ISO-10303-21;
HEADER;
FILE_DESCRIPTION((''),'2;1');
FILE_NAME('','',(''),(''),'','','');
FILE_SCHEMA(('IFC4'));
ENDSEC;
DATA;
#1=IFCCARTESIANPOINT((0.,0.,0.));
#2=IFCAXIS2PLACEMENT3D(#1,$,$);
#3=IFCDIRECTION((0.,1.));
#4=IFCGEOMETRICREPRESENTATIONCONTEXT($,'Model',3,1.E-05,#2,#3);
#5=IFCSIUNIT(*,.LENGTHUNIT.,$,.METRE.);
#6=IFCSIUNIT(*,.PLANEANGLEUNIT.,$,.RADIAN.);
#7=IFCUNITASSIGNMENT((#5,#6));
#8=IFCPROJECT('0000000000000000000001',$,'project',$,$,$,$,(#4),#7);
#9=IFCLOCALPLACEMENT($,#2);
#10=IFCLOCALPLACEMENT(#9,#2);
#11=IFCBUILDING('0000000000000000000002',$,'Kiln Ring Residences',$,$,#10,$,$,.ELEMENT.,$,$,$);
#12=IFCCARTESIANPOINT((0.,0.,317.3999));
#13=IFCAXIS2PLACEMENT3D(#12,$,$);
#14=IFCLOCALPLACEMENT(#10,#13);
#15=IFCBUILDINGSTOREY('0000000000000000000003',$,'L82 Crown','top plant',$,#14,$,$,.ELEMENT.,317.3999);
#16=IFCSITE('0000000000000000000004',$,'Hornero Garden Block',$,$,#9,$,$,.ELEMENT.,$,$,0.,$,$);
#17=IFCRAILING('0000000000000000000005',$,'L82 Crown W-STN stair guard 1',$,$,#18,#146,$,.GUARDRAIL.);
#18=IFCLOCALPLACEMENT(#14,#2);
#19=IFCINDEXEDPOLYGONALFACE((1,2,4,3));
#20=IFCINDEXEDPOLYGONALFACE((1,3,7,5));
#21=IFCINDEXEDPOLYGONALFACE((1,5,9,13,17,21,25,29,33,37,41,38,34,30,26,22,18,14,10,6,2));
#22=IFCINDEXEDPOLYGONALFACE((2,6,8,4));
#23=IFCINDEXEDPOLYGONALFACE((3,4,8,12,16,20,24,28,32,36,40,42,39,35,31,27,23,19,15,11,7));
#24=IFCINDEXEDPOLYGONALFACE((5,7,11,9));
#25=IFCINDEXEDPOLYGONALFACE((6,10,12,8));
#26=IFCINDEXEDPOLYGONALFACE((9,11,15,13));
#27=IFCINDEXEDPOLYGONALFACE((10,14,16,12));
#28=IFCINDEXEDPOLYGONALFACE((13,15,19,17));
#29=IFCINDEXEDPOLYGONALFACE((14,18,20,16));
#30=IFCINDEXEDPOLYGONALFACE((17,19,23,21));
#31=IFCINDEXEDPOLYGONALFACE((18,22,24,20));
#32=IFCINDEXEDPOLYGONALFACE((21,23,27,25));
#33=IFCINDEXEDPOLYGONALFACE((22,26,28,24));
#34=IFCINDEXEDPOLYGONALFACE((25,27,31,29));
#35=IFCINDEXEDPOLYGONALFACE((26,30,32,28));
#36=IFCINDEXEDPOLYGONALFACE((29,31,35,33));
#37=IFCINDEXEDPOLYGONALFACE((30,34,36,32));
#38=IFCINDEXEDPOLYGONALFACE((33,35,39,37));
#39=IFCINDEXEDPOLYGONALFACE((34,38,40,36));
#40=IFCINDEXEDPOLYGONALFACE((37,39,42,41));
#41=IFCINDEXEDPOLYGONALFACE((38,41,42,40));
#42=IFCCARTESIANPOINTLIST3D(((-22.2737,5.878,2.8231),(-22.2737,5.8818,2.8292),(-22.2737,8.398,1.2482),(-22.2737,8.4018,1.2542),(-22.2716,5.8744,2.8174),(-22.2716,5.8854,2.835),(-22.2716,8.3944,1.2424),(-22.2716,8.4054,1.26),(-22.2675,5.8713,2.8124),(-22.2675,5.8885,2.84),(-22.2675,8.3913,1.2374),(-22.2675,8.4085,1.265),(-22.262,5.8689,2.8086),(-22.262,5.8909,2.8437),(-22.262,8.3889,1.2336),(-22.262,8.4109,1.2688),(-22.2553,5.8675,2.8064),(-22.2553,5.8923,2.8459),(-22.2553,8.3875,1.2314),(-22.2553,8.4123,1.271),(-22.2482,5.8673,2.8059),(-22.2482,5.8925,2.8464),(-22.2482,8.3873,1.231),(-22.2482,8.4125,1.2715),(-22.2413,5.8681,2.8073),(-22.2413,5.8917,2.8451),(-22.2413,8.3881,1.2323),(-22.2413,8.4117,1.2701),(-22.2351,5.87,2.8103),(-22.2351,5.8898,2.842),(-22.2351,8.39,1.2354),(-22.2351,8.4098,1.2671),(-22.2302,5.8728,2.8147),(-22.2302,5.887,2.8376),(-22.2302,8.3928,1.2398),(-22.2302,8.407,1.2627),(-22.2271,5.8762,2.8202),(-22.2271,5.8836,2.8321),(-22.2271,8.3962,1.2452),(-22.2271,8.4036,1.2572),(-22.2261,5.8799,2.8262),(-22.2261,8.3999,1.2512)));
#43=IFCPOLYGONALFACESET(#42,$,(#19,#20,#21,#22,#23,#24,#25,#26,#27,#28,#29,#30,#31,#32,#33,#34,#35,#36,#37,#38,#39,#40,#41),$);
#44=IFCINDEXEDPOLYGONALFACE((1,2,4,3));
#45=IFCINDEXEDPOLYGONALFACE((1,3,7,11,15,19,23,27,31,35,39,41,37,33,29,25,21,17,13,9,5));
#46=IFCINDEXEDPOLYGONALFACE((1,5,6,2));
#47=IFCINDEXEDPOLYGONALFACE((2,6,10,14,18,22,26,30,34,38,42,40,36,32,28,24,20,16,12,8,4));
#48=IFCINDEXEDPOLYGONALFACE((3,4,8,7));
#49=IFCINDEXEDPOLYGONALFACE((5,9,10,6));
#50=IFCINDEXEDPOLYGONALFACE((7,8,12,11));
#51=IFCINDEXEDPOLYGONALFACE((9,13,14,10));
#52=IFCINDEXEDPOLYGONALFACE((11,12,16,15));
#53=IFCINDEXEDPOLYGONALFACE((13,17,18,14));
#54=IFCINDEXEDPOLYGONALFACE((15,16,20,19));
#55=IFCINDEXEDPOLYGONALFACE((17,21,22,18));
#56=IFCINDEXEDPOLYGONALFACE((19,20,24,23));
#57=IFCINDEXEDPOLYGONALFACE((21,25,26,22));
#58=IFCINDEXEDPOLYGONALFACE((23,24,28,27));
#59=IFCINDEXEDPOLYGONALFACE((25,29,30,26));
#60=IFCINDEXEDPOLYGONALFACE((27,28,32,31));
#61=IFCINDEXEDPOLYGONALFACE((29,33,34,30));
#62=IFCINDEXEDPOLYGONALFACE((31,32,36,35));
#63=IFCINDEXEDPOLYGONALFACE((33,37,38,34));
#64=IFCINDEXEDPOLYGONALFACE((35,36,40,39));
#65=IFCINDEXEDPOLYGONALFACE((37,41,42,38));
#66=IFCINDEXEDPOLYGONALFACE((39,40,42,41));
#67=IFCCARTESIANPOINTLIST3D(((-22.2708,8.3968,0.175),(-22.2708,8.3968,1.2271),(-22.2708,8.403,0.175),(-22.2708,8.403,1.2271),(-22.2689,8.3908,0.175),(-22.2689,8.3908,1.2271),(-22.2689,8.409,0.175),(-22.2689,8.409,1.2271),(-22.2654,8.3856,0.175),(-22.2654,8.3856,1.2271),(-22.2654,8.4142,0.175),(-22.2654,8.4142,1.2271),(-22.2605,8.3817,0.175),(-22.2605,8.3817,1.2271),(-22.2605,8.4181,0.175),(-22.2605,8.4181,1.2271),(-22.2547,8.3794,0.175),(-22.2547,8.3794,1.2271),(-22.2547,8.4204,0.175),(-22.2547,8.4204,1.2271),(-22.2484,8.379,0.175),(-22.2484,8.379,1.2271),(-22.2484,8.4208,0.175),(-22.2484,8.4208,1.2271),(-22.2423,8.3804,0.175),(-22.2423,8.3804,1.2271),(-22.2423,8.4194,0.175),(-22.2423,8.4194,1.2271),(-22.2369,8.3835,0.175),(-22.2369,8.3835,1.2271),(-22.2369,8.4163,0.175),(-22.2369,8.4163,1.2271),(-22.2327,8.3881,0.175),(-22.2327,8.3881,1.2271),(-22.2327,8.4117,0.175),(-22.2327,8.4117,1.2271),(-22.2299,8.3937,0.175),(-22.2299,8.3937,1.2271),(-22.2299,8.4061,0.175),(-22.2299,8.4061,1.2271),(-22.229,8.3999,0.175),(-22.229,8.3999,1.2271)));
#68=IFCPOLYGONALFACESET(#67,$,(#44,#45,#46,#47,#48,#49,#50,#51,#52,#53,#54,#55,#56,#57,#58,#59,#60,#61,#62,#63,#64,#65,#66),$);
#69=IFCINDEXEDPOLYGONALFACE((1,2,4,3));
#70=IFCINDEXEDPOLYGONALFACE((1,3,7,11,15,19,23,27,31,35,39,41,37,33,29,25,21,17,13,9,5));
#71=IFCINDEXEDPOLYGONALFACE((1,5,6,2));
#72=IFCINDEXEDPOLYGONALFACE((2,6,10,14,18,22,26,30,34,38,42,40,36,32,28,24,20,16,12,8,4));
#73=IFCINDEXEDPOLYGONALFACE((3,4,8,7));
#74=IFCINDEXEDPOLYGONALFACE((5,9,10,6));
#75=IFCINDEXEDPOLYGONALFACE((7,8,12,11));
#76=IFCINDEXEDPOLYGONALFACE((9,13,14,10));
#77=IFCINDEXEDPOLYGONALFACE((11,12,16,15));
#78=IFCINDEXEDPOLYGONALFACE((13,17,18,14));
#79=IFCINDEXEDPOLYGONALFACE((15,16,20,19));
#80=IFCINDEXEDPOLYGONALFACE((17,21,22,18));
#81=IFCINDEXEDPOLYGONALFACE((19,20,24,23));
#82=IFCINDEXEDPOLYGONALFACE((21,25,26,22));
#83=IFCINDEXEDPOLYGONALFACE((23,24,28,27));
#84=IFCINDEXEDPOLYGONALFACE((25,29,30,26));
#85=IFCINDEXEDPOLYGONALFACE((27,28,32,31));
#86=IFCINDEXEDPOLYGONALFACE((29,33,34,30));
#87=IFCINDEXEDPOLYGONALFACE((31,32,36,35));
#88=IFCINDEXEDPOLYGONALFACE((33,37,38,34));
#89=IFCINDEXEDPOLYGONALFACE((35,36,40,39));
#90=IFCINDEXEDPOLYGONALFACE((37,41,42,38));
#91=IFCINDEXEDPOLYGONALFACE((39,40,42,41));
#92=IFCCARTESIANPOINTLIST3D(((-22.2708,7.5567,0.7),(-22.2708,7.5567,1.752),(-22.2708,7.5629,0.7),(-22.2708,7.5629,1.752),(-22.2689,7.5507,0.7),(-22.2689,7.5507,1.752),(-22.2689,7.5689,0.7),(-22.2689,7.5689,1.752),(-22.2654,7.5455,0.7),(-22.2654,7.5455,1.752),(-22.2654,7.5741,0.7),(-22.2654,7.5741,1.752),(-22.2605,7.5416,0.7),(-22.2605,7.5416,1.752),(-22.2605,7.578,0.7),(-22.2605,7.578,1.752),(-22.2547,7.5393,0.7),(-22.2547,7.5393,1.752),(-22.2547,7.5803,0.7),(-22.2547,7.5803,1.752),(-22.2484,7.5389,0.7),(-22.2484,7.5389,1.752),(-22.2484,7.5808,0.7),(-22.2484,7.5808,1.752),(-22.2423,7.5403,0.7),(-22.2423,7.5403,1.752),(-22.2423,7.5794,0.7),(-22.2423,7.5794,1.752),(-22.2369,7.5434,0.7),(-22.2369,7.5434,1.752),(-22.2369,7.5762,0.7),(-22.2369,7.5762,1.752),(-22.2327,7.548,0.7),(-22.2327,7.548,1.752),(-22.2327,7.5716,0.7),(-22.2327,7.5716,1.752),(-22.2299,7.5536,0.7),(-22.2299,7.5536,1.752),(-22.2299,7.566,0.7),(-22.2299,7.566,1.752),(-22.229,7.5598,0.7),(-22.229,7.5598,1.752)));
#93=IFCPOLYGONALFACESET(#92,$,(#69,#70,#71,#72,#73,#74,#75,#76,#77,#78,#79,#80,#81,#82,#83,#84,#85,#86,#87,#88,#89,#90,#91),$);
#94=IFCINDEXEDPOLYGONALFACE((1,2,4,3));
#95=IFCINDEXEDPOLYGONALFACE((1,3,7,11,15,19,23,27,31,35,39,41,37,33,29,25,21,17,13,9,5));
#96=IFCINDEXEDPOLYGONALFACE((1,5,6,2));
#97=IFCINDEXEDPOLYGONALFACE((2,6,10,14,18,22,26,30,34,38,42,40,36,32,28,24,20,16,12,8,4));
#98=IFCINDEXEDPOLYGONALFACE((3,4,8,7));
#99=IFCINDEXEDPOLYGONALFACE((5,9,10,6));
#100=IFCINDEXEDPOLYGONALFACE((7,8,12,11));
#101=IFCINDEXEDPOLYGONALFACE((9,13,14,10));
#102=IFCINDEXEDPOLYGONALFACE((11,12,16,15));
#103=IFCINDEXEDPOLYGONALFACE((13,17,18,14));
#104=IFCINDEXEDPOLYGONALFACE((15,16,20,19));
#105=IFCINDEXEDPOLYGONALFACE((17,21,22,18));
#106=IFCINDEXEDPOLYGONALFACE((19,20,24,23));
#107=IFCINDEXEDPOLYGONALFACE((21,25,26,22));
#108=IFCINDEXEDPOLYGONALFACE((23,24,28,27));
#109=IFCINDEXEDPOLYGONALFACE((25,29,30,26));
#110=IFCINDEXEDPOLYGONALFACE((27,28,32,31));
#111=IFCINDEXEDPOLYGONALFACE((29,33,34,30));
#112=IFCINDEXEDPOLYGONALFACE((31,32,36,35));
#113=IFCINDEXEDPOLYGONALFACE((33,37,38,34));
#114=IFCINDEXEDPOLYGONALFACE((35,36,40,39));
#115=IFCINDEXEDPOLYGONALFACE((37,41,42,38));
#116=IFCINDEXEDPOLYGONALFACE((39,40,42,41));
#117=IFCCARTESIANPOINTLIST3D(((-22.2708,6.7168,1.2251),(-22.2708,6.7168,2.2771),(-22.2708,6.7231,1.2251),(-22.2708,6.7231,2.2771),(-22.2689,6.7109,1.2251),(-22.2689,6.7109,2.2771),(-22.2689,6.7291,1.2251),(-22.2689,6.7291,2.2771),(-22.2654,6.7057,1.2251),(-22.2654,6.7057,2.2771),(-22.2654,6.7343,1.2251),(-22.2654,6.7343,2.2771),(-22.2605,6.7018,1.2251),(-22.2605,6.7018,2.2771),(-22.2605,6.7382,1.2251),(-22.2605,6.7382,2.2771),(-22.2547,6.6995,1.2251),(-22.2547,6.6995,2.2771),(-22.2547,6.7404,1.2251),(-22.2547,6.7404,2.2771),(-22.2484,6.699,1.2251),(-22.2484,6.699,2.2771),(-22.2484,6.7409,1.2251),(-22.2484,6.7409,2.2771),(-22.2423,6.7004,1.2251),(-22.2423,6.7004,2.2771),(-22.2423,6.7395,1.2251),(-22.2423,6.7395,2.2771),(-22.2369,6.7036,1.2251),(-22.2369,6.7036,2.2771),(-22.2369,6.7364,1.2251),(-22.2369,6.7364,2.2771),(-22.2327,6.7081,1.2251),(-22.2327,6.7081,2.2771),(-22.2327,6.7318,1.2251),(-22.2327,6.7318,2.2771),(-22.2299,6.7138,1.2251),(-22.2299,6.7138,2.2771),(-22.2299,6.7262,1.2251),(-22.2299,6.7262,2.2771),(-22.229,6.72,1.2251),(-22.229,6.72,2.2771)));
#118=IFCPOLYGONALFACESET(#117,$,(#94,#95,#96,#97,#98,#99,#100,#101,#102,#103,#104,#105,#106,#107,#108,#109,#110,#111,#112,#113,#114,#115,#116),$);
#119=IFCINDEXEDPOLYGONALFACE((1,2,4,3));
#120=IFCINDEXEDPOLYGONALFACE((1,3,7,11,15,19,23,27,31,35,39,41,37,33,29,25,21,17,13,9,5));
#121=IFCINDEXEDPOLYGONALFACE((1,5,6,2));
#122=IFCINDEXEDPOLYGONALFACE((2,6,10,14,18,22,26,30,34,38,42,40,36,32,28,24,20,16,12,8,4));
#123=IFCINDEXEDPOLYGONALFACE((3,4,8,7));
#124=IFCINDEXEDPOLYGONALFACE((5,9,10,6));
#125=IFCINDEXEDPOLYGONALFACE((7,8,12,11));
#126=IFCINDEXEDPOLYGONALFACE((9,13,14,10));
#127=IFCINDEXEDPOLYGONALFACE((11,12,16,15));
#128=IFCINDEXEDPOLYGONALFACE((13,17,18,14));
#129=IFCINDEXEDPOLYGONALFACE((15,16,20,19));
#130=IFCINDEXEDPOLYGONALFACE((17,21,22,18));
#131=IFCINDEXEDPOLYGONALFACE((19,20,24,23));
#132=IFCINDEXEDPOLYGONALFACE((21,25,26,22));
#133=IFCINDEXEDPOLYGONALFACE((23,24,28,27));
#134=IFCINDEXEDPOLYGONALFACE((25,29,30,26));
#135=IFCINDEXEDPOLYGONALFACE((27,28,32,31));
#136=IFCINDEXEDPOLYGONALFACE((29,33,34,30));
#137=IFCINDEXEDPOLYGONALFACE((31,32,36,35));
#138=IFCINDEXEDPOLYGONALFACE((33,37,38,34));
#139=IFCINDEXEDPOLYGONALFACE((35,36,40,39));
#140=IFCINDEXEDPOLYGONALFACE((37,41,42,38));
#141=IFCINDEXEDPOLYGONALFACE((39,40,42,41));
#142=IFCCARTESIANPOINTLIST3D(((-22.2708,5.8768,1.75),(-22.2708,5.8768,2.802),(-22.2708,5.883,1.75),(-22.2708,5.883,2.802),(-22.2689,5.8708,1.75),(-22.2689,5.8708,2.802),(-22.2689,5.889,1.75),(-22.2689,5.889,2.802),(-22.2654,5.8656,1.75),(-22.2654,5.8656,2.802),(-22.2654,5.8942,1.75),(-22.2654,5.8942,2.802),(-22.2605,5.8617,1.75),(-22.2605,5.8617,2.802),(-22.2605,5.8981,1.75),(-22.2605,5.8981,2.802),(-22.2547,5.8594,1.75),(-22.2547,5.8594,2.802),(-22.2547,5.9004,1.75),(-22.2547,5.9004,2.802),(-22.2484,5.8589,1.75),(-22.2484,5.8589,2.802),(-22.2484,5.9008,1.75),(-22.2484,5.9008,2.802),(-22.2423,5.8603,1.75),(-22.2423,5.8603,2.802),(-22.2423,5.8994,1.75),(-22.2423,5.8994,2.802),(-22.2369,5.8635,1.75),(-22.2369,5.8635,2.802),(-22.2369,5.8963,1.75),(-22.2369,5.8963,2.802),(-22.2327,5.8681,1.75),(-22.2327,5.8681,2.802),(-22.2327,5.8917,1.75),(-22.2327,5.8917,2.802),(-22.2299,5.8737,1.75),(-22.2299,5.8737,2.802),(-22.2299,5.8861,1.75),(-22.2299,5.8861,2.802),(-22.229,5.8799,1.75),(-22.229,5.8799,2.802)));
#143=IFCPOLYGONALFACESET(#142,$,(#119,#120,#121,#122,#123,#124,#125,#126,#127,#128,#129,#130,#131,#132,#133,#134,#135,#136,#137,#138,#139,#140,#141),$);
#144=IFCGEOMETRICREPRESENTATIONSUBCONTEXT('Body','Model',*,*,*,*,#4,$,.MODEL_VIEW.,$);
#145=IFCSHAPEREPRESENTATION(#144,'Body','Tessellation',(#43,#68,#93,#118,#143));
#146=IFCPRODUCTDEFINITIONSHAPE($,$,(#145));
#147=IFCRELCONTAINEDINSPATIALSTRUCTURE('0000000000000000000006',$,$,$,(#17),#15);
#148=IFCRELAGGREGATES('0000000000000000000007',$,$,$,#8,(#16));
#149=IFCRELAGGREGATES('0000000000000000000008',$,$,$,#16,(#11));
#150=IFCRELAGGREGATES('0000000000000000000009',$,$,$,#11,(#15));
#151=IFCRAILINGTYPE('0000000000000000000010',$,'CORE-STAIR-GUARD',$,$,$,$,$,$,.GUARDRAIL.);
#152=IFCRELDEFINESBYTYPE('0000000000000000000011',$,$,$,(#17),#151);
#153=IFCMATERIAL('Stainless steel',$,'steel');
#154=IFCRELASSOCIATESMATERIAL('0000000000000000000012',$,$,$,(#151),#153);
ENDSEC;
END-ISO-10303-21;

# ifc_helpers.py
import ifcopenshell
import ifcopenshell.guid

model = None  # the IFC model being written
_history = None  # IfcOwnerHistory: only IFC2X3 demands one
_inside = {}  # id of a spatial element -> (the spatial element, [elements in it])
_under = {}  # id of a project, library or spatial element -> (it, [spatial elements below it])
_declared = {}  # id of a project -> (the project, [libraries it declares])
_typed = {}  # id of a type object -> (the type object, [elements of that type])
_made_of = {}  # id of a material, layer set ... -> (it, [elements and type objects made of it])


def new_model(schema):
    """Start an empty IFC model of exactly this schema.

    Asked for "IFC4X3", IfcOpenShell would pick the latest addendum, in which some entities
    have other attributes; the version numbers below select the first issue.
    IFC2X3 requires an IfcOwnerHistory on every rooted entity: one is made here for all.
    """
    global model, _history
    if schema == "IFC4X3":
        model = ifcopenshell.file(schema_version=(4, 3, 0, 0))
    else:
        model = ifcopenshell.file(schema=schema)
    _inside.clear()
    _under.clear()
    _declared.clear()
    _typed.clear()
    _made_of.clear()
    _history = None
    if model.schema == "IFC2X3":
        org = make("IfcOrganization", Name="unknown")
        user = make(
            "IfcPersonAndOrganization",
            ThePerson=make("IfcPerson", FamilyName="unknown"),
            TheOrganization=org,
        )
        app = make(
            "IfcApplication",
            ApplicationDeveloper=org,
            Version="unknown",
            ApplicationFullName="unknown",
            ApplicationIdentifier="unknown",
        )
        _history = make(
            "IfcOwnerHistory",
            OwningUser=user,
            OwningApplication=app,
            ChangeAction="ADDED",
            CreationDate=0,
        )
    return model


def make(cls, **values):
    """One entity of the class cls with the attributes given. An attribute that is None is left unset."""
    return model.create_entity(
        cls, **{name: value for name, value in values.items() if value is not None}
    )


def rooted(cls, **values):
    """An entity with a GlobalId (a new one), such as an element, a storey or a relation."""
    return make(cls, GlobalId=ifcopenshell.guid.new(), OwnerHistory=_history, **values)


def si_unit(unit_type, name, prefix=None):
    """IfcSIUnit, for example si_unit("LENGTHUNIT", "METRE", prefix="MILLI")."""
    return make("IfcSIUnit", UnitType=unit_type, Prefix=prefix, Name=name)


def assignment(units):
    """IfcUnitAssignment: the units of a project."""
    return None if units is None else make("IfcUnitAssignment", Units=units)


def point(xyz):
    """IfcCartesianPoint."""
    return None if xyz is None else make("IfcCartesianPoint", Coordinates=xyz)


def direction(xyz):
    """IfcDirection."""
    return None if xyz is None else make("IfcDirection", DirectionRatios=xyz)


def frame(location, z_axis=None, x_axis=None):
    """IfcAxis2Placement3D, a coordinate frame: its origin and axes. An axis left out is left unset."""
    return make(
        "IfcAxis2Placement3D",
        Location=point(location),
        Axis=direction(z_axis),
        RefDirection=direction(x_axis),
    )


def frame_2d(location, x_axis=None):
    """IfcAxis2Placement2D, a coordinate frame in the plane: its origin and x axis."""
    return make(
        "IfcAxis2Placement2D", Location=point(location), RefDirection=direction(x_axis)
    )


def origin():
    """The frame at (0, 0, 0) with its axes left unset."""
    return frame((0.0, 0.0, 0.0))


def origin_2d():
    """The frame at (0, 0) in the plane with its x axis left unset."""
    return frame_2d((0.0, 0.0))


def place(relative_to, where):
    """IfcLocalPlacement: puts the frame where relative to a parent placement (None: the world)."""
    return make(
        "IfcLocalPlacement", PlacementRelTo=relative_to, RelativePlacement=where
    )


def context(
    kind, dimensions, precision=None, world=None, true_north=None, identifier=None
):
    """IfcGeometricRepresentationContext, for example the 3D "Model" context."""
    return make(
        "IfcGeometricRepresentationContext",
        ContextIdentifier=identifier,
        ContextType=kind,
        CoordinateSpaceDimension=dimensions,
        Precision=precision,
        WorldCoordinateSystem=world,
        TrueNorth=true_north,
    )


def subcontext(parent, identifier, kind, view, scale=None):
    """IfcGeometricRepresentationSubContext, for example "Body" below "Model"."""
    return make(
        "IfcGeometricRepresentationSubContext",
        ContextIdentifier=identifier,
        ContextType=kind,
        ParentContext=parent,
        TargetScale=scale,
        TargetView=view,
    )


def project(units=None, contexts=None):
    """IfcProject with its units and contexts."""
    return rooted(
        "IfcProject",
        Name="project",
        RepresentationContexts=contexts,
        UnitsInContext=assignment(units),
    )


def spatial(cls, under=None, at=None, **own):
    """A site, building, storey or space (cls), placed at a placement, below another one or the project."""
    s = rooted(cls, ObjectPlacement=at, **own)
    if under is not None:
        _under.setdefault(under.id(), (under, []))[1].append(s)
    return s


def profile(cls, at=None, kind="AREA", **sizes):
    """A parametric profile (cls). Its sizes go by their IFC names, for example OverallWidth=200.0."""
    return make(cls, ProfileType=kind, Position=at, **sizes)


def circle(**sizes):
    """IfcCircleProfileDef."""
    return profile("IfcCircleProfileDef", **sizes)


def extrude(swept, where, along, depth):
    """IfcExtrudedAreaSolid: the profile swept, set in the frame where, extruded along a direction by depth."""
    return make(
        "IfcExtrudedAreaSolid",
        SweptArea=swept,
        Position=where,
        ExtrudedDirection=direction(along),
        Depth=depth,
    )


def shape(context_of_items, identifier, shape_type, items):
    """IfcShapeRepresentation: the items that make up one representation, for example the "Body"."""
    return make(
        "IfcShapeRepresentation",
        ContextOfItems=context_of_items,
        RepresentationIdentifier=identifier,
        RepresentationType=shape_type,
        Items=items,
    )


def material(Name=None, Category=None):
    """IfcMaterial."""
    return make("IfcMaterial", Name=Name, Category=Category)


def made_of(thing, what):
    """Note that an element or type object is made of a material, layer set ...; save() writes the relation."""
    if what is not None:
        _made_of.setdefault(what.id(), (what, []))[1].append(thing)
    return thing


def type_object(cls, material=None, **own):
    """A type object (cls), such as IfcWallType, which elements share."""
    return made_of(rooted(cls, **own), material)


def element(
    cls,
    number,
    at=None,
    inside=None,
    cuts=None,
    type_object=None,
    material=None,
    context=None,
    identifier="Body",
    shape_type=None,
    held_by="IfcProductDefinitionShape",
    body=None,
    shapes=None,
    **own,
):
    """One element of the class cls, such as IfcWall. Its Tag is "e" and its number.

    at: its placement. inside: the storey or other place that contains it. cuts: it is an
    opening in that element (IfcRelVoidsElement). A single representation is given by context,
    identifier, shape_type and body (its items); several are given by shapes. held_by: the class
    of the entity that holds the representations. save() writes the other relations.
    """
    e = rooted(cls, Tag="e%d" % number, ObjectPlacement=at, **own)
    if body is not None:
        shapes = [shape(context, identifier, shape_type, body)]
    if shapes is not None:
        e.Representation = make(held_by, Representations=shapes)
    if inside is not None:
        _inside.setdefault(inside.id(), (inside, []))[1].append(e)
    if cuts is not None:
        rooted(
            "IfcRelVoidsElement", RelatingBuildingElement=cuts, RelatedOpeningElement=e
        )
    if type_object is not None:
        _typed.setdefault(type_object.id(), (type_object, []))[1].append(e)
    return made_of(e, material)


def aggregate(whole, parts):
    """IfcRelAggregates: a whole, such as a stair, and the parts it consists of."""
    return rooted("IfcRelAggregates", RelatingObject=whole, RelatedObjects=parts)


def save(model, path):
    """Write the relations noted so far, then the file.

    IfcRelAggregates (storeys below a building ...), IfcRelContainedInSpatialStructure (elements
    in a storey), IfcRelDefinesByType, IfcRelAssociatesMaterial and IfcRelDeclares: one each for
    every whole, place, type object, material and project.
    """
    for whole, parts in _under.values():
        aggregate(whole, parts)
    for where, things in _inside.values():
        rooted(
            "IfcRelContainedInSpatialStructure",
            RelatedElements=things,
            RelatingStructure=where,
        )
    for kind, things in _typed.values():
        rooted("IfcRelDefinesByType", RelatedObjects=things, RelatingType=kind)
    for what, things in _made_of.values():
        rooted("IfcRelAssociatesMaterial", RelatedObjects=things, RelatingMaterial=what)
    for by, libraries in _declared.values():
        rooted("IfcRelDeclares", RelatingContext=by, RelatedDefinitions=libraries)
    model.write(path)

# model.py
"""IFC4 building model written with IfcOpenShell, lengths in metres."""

from ifc_helpers import new_model, si_unit, direction, frame, origin, origin_2d, place, context, subcontext, project, spatial, circle, extrude, material, type_object, element, save


model = new_model("IFC4")

# Units and contexts
model_context = context("Model", 3, precision=1e-05, world=origin(), true_north=direction((0.0, 1.0)))
body_context = subcontext(model_context, "Body", "Model", "MODEL_VIEW")
ifc_project = project(units=[si_unit("LENGTHUNIT", "METRE"), si_unit("PLANEANGLEUNIT", "RADIAN")], contexts=[model_context])

# Site, building, storey
site_placement = place(None, origin())
site = spatial("IfcSite", under=ifc_project, at=site_placement, Name="Hornero Garden Block", CompositionType="ELEMENT", RefElevation=0.0)
building_placement = place(site_placement, origin())
building = spatial("IfcBuilding", under=site, at=building_placement, Name="Kiln Ring Residences", CompositionType="ELEMENT")
storey_placement = place(building_placement, frame((0.0, 0.0, 317.3999)))
storey = spatial("IfcBuildingStorey", under=building, at=storey_placement, Name="L82 Crown", Description="top plant", CompositionType="ELEMENT", Elevation=317.3999)

# Railing
ifc_material_1 = material(Name="Stainless steel", Category="steel")
railing_type_1 = type_object("IfcRailingType", Name="CORE-STAIR-GUARD", PredefinedType="GUARDRAIL", material=ifc_material_1)
railing_1_placement = place(storey_placement, frame((-22.25, 8.3999, 0.175)))
element("IfcRailing", 1, at=railing_1_placement, inside=storey, type_object=railing_type_1, Name="L82 Crown W-STN stair guard 1", PredefinedType="GUARDRAIL", context=body_context, shape_type="SweptSolid", body=[
    extrude(circle(Radius=0.0239, at=origin_2d()), frame((0.0, 0.0, 1.0762), z_axis=(0.0, -0.848008, 0.529984), x_axis=(1.0, 0.0, 0.0)), (0.0, 0.0, 1.0), 2.9717),
    extrude(circle(Radius=0.021, at=origin_2d()), origin(), (0.0, 0.0, 1.0), 1.052),
    extrude(circle(Radius=0.021, at=origin_2d()), frame((0.0, -0.8401, 0.5249)), (0.0, 0.0, 1.0), 1.052),
    extrude(circle(Radius=0.021, at=origin_2d()), frame((0.0, -1.6799, 1.05)), (0.0, 0.0, 1.0), 1.052),
    extrude(circle(Radius=0.021, at=origin_2d()), frame((0.0, -2.52, 1.575)), (0.0, 0.0, 1.0), 1.052),
])

save(model, "model.ifc")
